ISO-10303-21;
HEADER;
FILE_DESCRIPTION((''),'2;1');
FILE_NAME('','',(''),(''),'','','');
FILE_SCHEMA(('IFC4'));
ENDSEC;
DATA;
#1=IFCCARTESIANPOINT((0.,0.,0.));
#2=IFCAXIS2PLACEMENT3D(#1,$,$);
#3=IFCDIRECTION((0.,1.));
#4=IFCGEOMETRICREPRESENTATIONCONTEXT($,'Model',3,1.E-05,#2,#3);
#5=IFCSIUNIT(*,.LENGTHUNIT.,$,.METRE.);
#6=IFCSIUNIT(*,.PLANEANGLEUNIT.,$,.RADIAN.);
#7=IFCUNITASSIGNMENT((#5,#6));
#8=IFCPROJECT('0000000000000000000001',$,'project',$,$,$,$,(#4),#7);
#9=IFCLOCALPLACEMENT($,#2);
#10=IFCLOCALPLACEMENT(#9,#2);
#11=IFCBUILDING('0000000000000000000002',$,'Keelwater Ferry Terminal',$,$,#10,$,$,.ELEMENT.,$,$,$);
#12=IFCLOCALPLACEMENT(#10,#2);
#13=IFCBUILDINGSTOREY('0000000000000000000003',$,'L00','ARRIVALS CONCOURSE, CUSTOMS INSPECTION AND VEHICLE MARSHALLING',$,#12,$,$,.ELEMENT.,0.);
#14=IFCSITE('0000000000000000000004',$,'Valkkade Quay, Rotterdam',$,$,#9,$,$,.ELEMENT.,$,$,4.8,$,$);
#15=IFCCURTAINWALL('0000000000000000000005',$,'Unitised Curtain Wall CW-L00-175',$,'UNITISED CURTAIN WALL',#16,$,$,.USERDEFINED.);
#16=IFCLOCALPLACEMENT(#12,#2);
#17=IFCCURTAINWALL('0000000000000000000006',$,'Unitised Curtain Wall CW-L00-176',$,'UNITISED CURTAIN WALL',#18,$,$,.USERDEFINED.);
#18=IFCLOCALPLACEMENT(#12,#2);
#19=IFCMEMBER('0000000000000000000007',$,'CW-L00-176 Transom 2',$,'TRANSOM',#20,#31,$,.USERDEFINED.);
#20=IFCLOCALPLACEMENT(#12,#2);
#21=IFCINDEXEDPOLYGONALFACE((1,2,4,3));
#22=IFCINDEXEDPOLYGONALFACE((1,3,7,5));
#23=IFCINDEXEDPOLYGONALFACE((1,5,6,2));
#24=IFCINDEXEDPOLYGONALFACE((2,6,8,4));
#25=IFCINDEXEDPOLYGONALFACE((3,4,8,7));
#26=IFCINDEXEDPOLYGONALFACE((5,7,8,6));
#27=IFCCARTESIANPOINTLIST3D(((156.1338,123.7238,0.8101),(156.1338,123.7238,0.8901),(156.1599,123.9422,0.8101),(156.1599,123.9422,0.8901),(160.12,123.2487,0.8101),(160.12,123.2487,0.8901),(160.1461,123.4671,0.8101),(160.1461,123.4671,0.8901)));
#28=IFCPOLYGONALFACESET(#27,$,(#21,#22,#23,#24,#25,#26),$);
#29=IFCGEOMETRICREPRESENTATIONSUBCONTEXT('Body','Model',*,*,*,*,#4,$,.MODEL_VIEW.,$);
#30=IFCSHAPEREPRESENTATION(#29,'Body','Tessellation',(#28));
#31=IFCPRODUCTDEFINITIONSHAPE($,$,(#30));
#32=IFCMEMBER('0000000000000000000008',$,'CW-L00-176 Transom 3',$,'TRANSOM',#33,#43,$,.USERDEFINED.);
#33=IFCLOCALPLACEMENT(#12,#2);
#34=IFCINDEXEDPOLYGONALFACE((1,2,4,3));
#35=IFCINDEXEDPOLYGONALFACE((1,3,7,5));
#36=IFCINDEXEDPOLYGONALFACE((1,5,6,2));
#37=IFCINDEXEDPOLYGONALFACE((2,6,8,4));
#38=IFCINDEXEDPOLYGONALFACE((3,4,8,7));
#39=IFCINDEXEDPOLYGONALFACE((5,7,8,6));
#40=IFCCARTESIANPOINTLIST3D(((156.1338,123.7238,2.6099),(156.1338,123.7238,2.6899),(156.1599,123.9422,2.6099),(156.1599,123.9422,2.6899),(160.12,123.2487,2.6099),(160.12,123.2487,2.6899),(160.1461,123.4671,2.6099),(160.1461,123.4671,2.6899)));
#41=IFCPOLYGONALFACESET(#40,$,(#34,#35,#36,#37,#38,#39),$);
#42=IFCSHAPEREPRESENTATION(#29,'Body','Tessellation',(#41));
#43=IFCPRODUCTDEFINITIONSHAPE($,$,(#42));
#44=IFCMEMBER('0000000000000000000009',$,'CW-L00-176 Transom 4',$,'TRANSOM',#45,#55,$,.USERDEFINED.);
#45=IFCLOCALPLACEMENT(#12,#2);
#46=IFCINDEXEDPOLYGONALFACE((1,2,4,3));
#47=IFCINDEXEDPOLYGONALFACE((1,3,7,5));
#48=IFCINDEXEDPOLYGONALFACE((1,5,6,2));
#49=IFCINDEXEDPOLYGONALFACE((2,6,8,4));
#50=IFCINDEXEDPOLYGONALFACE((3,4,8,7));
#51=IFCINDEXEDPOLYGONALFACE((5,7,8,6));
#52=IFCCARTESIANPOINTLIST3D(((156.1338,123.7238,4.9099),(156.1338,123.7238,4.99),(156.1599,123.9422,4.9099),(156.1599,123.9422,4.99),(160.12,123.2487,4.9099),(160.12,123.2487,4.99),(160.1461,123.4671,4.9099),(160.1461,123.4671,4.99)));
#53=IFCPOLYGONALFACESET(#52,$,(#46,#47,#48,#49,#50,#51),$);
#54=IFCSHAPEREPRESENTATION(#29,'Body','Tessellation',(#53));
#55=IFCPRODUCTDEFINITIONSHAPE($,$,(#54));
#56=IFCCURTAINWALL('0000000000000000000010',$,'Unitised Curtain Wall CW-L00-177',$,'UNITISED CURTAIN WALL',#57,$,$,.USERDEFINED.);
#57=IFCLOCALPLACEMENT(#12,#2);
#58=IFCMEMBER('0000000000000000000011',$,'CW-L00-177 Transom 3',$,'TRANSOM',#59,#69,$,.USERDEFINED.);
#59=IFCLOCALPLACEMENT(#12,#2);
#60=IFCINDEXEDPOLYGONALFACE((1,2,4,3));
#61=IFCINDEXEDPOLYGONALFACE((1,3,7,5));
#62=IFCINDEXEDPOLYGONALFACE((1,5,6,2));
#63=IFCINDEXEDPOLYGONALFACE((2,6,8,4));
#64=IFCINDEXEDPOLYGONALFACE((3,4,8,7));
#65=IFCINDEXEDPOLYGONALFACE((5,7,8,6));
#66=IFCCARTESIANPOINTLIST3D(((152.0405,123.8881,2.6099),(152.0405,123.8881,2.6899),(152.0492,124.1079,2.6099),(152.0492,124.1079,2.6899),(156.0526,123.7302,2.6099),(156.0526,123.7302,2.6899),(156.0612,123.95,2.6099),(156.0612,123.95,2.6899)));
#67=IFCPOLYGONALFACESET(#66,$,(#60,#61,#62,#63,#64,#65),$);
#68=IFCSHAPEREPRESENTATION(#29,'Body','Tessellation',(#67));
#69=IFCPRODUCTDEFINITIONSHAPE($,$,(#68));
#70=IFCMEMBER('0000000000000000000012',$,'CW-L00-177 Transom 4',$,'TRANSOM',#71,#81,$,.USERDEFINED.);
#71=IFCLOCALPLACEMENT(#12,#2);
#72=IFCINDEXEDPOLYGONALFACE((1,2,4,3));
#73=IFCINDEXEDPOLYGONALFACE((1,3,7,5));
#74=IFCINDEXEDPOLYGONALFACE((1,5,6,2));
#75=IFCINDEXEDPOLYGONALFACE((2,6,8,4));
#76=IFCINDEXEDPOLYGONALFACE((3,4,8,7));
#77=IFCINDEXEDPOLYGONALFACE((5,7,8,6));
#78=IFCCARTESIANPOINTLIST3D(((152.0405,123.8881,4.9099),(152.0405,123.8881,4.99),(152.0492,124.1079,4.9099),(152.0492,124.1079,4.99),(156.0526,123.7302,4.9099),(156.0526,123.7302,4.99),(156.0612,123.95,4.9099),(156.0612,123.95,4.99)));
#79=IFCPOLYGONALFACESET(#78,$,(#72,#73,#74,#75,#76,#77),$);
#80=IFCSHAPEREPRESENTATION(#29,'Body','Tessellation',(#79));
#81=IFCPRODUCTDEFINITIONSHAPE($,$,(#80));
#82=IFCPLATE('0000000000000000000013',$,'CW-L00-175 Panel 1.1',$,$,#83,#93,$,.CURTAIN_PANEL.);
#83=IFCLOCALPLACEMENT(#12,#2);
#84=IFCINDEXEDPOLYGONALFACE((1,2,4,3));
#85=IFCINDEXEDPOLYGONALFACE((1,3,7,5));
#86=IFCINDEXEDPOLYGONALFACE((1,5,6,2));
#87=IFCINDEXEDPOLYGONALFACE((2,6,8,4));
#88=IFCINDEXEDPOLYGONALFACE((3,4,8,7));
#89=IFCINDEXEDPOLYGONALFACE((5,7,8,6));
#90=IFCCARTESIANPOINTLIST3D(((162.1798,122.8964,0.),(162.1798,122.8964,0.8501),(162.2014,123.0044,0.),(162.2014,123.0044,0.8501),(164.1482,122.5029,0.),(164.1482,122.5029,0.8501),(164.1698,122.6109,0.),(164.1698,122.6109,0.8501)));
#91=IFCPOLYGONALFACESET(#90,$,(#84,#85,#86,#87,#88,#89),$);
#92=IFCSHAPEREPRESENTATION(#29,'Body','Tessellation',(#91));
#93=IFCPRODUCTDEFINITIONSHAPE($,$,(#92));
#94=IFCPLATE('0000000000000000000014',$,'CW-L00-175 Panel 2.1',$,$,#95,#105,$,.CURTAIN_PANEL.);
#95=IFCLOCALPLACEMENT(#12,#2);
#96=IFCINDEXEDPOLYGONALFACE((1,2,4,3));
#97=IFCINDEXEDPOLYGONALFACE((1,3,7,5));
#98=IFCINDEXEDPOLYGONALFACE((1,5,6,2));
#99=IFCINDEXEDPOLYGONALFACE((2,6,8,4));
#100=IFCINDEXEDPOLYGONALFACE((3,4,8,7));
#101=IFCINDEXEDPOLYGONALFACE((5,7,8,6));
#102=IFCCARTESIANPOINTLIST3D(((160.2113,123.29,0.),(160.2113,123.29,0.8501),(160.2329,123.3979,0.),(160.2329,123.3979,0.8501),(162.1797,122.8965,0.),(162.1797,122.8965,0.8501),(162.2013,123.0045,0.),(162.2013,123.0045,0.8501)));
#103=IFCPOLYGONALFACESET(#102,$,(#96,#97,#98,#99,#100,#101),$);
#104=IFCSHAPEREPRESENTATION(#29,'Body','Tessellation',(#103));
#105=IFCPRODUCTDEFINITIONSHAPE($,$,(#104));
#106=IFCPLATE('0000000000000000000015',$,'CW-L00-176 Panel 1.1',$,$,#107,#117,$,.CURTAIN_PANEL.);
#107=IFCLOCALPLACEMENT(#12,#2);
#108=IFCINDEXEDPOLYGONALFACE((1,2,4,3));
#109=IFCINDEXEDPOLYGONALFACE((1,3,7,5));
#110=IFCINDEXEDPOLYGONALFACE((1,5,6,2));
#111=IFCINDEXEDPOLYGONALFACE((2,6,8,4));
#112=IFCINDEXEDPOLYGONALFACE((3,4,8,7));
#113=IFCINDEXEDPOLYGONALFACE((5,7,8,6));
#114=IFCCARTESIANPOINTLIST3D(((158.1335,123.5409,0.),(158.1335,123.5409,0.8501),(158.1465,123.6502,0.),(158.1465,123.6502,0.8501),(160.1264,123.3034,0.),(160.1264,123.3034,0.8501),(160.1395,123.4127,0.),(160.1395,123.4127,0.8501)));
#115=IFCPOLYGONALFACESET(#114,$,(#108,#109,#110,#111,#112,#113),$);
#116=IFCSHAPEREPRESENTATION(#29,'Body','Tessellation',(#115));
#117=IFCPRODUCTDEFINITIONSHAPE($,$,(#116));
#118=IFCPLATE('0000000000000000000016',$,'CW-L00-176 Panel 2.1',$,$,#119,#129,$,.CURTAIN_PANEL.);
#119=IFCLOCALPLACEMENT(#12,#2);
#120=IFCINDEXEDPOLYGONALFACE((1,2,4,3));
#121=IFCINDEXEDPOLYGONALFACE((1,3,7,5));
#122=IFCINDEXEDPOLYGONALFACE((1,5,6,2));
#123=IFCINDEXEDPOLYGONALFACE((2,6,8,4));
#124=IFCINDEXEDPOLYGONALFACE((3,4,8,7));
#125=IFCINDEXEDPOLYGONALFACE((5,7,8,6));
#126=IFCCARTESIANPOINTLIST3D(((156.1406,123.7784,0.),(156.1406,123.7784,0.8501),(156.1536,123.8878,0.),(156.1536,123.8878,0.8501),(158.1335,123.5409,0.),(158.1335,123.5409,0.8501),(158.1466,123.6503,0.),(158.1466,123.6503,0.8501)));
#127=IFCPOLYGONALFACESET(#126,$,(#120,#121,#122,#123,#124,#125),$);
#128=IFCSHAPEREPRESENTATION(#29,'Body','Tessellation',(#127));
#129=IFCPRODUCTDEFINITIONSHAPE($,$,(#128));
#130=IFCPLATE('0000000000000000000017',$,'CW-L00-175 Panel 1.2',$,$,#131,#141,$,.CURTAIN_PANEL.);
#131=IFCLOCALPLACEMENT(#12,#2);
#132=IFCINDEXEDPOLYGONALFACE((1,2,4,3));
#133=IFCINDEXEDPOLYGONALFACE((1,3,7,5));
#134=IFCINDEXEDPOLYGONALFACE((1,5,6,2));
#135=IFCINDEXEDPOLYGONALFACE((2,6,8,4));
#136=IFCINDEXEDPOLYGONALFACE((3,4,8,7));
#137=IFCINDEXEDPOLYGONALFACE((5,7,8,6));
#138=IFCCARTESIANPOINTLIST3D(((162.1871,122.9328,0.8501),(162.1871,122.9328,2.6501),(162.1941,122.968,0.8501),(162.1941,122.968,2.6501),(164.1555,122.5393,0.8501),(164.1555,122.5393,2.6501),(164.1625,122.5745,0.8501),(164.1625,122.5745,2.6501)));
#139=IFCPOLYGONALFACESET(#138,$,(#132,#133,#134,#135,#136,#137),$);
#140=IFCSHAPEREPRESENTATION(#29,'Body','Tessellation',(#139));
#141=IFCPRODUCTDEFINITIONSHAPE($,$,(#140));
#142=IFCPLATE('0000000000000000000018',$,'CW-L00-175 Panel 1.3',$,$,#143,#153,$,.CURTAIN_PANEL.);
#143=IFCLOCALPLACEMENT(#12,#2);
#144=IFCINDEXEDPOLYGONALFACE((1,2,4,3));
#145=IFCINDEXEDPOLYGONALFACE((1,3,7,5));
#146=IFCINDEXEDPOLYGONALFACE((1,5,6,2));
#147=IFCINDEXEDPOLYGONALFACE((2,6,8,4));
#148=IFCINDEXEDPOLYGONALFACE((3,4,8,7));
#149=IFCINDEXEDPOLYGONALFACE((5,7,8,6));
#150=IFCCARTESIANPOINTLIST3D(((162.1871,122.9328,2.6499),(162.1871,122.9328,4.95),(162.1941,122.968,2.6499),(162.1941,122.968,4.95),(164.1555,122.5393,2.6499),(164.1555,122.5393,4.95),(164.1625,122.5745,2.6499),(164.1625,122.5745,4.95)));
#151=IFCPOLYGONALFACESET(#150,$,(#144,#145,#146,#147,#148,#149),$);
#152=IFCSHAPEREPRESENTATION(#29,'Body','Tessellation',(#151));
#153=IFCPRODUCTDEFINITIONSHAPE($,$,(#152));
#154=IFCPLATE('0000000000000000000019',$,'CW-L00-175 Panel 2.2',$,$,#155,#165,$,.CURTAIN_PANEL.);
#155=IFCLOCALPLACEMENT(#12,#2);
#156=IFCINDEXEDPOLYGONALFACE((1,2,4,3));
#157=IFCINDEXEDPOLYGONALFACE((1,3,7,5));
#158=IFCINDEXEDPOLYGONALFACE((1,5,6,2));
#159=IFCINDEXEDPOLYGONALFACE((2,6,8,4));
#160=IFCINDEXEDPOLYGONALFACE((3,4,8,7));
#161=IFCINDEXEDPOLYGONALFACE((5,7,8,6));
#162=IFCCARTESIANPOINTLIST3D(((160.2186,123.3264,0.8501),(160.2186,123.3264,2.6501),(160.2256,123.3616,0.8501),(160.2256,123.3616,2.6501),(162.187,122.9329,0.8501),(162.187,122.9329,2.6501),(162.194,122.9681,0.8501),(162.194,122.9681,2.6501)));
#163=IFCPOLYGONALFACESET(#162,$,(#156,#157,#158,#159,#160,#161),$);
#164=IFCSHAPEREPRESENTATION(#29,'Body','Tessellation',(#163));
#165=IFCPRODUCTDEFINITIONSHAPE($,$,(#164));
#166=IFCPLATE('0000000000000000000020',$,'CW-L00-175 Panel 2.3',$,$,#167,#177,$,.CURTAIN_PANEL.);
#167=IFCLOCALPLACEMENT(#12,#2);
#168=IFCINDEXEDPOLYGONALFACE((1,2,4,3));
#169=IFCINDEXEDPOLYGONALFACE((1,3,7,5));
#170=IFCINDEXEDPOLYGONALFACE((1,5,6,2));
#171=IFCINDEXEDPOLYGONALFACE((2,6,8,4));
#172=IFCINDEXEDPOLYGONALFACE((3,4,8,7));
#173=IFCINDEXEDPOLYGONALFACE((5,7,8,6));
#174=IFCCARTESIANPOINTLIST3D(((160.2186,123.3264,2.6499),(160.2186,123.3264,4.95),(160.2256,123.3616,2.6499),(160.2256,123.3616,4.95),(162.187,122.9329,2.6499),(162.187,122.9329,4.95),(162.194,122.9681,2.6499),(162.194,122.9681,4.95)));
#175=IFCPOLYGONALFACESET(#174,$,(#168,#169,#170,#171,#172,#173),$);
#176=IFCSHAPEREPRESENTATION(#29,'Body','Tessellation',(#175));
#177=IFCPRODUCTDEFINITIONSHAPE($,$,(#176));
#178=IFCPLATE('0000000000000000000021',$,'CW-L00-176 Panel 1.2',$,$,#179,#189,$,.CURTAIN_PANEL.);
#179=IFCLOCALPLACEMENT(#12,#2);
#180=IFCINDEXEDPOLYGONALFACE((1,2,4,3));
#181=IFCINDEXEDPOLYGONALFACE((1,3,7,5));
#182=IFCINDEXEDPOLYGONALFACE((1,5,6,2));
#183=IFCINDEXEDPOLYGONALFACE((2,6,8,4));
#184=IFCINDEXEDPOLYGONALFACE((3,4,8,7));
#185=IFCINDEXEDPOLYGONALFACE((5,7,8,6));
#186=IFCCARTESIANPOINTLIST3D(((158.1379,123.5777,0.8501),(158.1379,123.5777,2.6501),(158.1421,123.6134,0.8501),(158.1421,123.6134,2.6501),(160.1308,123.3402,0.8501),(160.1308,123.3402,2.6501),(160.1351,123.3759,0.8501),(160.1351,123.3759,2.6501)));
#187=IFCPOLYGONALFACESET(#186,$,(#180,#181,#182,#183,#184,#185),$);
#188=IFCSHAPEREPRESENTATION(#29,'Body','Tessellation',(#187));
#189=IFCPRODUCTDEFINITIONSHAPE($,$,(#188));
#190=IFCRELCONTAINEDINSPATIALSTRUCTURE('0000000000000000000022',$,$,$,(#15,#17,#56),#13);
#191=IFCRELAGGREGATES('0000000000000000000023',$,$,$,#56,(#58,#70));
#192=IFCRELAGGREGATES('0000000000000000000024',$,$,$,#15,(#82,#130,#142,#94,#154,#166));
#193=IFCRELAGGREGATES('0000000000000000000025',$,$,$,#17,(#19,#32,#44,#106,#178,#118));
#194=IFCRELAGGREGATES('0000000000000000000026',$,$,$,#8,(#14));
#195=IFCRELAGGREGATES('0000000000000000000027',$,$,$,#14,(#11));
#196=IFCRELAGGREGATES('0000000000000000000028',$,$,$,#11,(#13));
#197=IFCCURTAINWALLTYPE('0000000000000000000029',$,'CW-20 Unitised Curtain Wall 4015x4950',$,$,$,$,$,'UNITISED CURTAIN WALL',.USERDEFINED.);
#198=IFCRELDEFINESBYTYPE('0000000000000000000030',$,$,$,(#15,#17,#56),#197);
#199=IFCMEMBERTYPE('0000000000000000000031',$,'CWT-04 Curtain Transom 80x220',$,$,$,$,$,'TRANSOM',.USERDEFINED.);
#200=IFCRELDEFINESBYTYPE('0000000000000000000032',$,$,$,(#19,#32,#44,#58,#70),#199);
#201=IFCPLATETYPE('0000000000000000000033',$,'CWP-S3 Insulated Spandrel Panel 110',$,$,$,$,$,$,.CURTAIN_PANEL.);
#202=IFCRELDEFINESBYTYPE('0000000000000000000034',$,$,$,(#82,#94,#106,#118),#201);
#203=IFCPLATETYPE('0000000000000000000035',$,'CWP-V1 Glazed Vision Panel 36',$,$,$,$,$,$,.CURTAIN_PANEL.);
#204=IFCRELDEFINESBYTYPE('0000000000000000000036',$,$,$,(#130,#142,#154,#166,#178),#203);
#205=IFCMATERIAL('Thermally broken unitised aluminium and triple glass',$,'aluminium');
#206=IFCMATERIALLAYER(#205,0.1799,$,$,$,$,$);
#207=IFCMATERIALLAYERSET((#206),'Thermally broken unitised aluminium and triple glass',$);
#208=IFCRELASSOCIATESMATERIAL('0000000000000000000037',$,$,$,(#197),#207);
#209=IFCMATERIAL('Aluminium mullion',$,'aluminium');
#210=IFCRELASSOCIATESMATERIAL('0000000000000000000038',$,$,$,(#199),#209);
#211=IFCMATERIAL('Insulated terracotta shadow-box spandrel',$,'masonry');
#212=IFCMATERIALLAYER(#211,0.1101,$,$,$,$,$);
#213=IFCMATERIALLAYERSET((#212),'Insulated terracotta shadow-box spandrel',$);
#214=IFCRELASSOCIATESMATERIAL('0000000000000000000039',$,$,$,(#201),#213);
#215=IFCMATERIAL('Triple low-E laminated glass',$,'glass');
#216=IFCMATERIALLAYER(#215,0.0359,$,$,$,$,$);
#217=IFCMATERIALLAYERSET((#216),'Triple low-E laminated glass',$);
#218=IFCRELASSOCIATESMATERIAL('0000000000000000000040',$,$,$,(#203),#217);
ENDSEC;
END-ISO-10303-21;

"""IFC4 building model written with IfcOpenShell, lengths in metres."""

from ifc_helpers import new_model, si_unit, direction, frame, origin, origin_2d, place, context, subcontext, project, spatial, rectangle, extrude, material, layer, layer_set, material_profile, profile_set, type_object, element, aggregate, save


model = new_model("IFC4")

# Units and contexts
model_context = context("Model", 3, precision=1e-05, world=origin(), true_north=direction((0.0, 1.0)))
body_context = subcontext(model_context, "Body", "Model", "MODEL_VIEW")
ifc_project = project(units=[si_unit("LENGTHUNIT", "METRE"), si_unit("PLANEANGLEUNIT", "RADIAN")], contexts=[model_context])

# Site, building, storey
site_placement = place(None, origin())
site = spatial("IfcSite", under=ifc_project, at=site_placement, Name="Valkkade Quay, Rotterdam", CompositionType="ELEMENT", RefElevation=4.8)
building_placement = place(site_placement, origin())
building = spatial("IfcBuilding", under=site, at=building_placement, Name="Keelwater Ferry Terminal", CompositionType="ELEMENT")
storey_placement = place(building_placement, origin())
storey = spatial("IfcBuildingStorey", under=building, at=storey_placement, Name="L00", Description="ARRIVALS CONCOURSE, CUSTOMS INSPECTION AND VEHICLE MARSHALLING", CompositionType="ELEMENT", Elevation=0.0)

# Curtain walls, members
ifc_material_1 = material(Name="Thermally broken unitised aluminium and triple glass", Category="aluminium")
ifc_layer_1 = layer(ifc_material_1, 0.1799)
ifc_layer_set_1 = layer_set([ifc_layer_1], Name="Thermally broken unitised aluminium and triple glass")
curtain_wall_type = type_object("IfcCurtainWallType", Name="CW-20 Unitised Curtain Wall 4015x4950", ElementType="UNITISED CURTAIN WALL", PredefinedType="USERDEFINED", material=ifc_layer_set_1)
curtain_wall_1_placement = place(storey_placement, origin())
curtain_wall_1 = element("IfcCurtainWall", 1, at=curtain_wall_1_placement, inside=storey, type_object=curtain_wall_type, Name="Unitised Curtain Wall CW-L00-175", ObjectType="UNITISED CURTAIN WALL", PredefinedType="USERDEFINED")
curtain_wall_2_placement = place(storey_placement, origin())
curtain_wall_2 = element("IfcCurtainWall", 2, at=curtain_wall_2_placement, inside=storey, type_object=curtain_wall_type, Name="Unitised Curtain Wall CW-L00-176", ObjectType="UNITISED CURTAIN WALL", PredefinedType="USERDEFINED")
ifc_material_2 = material(Name="Aluminium mullion", Category="aluminium")
ifc_material_profile_1 = material_profile(ifc_material_2, rectangle(XDim=0.22, YDim=0.0801, at=origin_2d()), Name="CWT-04")
ifc_profile_set_1 = profile_set([ifc_material_profile_1], Name="Aluminium mullion")
member_type_1 = type_object("IfcMemberType", Name="CWT-04 Curtain Transom 80x220", ElementType="TRANSOM", PredefinedType="USERDEFINED", material=ifc_profile_set_1)
member_1_placement = place(storey_placement, frame((160.1331, 123.3579, 0.8501), z_axis=(-0.992972, 0.118351, 0.0), x_axis=(-0.118351, -0.992972, 0.0)))
member_1 = element("IfcMember", 3, at=member_1_placement, type_object=member_type_1, Name="CW-L00-176 Transom 2", ObjectType="TRANSOM", PredefinedType="USERDEFINED", context=body_context, shape_type="SweptSolid", body=[
    extrude(rectangle(XDim=0.22, YDim=0.0801, at=origin_2d()), origin(), (0.0, 0.0, 1.0), 4.0144),
])
member_2_placement = place(storey_placement, frame((160.1331, 123.3579, 2.6499), z_axis=(-0.992972, 0.118351, 0.0), x_axis=(-0.118351, -0.992972, 0.0)))
member_2 = element("IfcMember", 4, at=member_2_placement, type_object=member_type_1, Name="CW-L00-176 Transom 3", ObjectType="TRANSOM", PredefinedType="USERDEFINED", context=body_context, shape_type="SweptSolid", body=[
    extrude(rectangle(XDim=0.22, YDim=0.0801, at=origin_2d()), origin(), (0.0, 0.0, 1.0), 4.0144),
])
member_3_placement = place(storey_placement, frame((160.1331, 123.3579, 4.95), z_axis=(-0.992972, 0.118351, 0.0), x_axis=(-0.118351, -0.992972, 0.0)))
member_3 = element("IfcMember", 5, at=member_3_placement, type_object=member_type_1, Name="CW-L00-176 Transom 4", ObjectType="TRANSOM", PredefinedType="USERDEFINED", context=body_context, shape_type="SweptSolid", body=[
    extrude(rectangle(XDim=0.22, YDim=0.0801, at=origin_2d()), origin(), (0.0, 0.0, 1.0), 4.0144),
])
curtain_wall_3_placement = place(storey_placement, origin())
curtain_wall_3 = element("IfcCurtainWall", 6, at=curtain_wall_3_placement, inside=storey, type_object=curtain_wall_type, Name="Unitised Curtain Wall CW-L00-177", ObjectType="UNITISED CURTAIN WALL", PredefinedType="USERDEFINED")
member_4_placement = place(storey_placement, frame((156.0569, 123.8401, 2.6499), z_axis=(-0.999226, 0.039342, 0.0), x_axis=(-0.039342, -0.999226, 0.0)))
member_4 = element("IfcMember", 7, at=member_4_placement, type_object=member_type_1, Name="CW-L00-177 Transom 3", ObjectType="TRANSOM", PredefinedType="USERDEFINED", context=body_context, shape_type="SweptSolid", body=[
    extrude(rectangle(XDim=0.22, YDim=0.0801, at=origin_2d()), origin(), (0.0, 0.0, 1.0), 4.0151),
])
member_5_placement = place(storey_placement, frame((156.0569, 123.8401, 4.95), z_axis=(-0.999226, 0.039342, 0.0), x_axis=(-0.039342, -0.999226, 0.0)))
member_5 = element("IfcMember", 8, at=member_5_placement, type_object=member_type_1, Name="CW-L00-177 Transom 4", ObjectType="TRANSOM", PredefinedType="USERDEFINED", context=body_context, shape_type="SweptSolid", body=[
    extrude(rectangle(XDim=0.22, YDim=0.0801, at=origin_2d()), origin(), (0.0, 0.0, 1.0), 4.0151),
])
aggregate(curtain_wall_3, [member_4, member_5])

# Plates
ifc_material_3 = material(Name="Insulated terracotta shadow-box spandrel", Category="masonry")
ifc_layer_2 = layer(ifc_material_3, 0.1101)
ifc_layer_set_2 = layer_set([ifc_layer_2], Name="Insulated terracotta shadow-box spandrel")
plate_type_1 = type_object("IfcPlateType", Name="CWP-S3 Insulated Spandrel Panel 110", PredefinedType="CURTAIN_PANEL", material=ifc_layer_set_2)
plate_1_placement = place(storey_placement, frame((163.1748, 122.7537, 0.0), z_axis=(0.0, 0.0, 1.0), x_axis=(-0.9806, 0.19602, 0.0)))
plate_1 = element("IfcPlate", 9, at=plate_1_placement, type_object=plate_type_1, Name="CW-L00-175 Panel 1.1", PredefinedType="CURTAIN_PANEL", context=body_context, shape_type="SweptSolid", body=[
    extrude(rectangle(XDim=2.0073, YDim=0.1101, at=origin_2d()), origin(), (0.0, 0.0, 1.0), 0.8501),
])
plate_2_placement = place(storey_placement, frame((161.2063, 123.1472, 0.0), z_axis=(0.0, 0.0, 1.0), x_axis=(-0.9806, 0.19602, 0.0)))
plate_2 = element("IfcPlate", 10, at=plate_2_placement, type_object=plate_type_1, Name="CW-L00-175 Panel 2.1", PredefinedType="CURTAIN_PANEL", context=body_context, shape_type="SweptSolid", body=[
    extrude(rectangle(XDim=2.0073, YDim=0.1101, at=origin_2d()), origin(), (0.0, 0.0, 1.0), 0.8501),
])
plate_3_placement = place(storey_placement, frame((159.1365, 123.4768, 0.0), z_axis=(0.0, 0.0, 1.0), x_axis=(-0.992974, 0.11833, 0.0)))
plate_3 = element("IfcPlate", 11, at=plate_3_placement, type_object=plate_type_1, Name="CW-L00-176 Panel 1.1", PredefinedType="CURTAIN_PANEL", context=body_context, shape_type="SweptSolid", body=[
    extrude(rectangle(XDim=2.0071, YDim=0.1101, at=origin_2d()), origin(), (0.0, 0.0, 1.0), 0.8501),
])
plate_4_placement = place(storey_placement, frame((157.1436, 123.7144, 0.0), z_axis=(0.0, 0.0, 1.0), x_axis=(-0.992974, 0.11833, 0.0)))
plate_4 = element("IfcPlate", 12, at=plate_4_placement, type_object=plate_type_1, Name="CW-L00-176 Panel 2.1", PredefinedType="CURTAIN_PANEL", context=body_context, shape_type="SweptSolid", body=[
    extrude(rectangle(XDim=2.0071, YDim=0.1101, at=origin_2d()), origin(), (0.0, 0.0, 1.0), 0.8501),
])
ifc_material_4 = material(Name="Triple low-E laminated glass", Category="glass")
ifc_layer_3 = layer(ifc_material_4, 0.0359)
ifc_layer_set_3 = layer_set([ifc_layer_3], Name="Triple low-E laminated glass")
plate_type_2 = type_object("IfcPlateType", Name="CWP-V1 Glazed Vision Panel 36", PredefinedType="CURTAIN_PANEL", material=ifc_layer_set_3)
plate_5_placement = place(storey_placement, frame((163.1748, 122.7537, 0.8501), z_axis=(0.0, 0.0, 1.0), x_axis=(-0.9806, 0.19602, 0.0)))
plate_5 = element("IfcPlate", 13, at=plate_5_placement, type_object=plate_type_2, Name="CW-L00-175 Panel 1.2", PredefinedType="CURTAIN_PANEL", context=body_context, shape_type="SweptSolid", body=[
    extrude(rectangle(XDim=2.0073, YDim=0.0359, at=origin_2d()), origin(), (0.0, 0.0, 1.0), 1.8),
])
plate_6_placement = place(storey_placement, frame((163.1748, 122.7537, 2.6499), z_axis=(0.0, 0.0, 1.0), x_axis=(-0.9806, 0.19602, 0.0)))
plate_6 = element("IfcPlate", 14, at=plate_6_placement, type_object=plate_type_2, Name="CW-L00-175 Panel 1.3", PredefinedType="CURTAIN_PANEL", context=body_context, shape_type="SweptSolid", body=[
    extrude(rectangle(XDim=2.0073, YDim=0.0359, at=origin_2d()), origin(), (0.0, 0.0, 1.0), 2.3),
])
plate_7_placement = place(storey_placement, frame((161.2063, 123.1472, 0.8501), z_axis=(0.0, 0.0, 1.0), x_axis=(-0.9806, 0.19602, 0.0)))
plate_7 = element("IfcPlate", 15, at=plate_7_placement, type_object=plate_type_2, Name="CW-L00-175 Panel 2.2", PredefinedType="CURTAIN_PANEL", context=body_context, shape_type="SweptSolid", body=[
    extrude(rectangle(XDim=2.0073, YDim=0.0359, at=origin_2d()), origin(), (0.0, 0.0, 1.0), 1.8),
])
plate_8_placement = place(storey_placement, frame((161.2063, 123.1472, 2.6499), z_axis=(0.0, 0.0, 1.0), x_axis=(-0.9806, 0.19602, 0.0)))
plate_8 = element("IfcPlate", 16, at=plate_8_placement, type_object=plate_type_2, Name="CW-L00-175 Panel 2.3", PredefinedType="CURTAIN_PANEL", context=body_context, shape_type="SweptSolid", body=[
    extrude(rectangle(XDim=2.0073, YDim=0.0359, at=origin_2d()), origin(), (0.0, 0.0, 1.0), 2.3),
])
aggregate(curtain_wall_1, [plate_1, plate_5, plate_6, plate_2, plate_7, plate_8])
plate_9_placement = place(storey_placement, frame((159.1365, 123.4768, 0.8501), z_axis=(0.0, 0.0, 1.0), x_axis=(-0.992974, 0.11833, 0.0)))
plate_9 = element("IfcPlate", 17, at=plate_9_placement, type_object=plate_type_2, Name="CW-L00-176 Panel 1.2", PredefinedType="CURTAIN_PANEL", context=body_context, shape_type="SweptSolid", body=[
    extrude(rectangle(XDim=2.0071, YDim=0.0359, at=origin_2d()), origin(), (0.0, 0.0, 1.0), 1.8),
])
aggregate(curtain_wall_2, [member_1, member_2, member_3, plate_3, plate_9, plate_4])

save(model, "model.ifc")
